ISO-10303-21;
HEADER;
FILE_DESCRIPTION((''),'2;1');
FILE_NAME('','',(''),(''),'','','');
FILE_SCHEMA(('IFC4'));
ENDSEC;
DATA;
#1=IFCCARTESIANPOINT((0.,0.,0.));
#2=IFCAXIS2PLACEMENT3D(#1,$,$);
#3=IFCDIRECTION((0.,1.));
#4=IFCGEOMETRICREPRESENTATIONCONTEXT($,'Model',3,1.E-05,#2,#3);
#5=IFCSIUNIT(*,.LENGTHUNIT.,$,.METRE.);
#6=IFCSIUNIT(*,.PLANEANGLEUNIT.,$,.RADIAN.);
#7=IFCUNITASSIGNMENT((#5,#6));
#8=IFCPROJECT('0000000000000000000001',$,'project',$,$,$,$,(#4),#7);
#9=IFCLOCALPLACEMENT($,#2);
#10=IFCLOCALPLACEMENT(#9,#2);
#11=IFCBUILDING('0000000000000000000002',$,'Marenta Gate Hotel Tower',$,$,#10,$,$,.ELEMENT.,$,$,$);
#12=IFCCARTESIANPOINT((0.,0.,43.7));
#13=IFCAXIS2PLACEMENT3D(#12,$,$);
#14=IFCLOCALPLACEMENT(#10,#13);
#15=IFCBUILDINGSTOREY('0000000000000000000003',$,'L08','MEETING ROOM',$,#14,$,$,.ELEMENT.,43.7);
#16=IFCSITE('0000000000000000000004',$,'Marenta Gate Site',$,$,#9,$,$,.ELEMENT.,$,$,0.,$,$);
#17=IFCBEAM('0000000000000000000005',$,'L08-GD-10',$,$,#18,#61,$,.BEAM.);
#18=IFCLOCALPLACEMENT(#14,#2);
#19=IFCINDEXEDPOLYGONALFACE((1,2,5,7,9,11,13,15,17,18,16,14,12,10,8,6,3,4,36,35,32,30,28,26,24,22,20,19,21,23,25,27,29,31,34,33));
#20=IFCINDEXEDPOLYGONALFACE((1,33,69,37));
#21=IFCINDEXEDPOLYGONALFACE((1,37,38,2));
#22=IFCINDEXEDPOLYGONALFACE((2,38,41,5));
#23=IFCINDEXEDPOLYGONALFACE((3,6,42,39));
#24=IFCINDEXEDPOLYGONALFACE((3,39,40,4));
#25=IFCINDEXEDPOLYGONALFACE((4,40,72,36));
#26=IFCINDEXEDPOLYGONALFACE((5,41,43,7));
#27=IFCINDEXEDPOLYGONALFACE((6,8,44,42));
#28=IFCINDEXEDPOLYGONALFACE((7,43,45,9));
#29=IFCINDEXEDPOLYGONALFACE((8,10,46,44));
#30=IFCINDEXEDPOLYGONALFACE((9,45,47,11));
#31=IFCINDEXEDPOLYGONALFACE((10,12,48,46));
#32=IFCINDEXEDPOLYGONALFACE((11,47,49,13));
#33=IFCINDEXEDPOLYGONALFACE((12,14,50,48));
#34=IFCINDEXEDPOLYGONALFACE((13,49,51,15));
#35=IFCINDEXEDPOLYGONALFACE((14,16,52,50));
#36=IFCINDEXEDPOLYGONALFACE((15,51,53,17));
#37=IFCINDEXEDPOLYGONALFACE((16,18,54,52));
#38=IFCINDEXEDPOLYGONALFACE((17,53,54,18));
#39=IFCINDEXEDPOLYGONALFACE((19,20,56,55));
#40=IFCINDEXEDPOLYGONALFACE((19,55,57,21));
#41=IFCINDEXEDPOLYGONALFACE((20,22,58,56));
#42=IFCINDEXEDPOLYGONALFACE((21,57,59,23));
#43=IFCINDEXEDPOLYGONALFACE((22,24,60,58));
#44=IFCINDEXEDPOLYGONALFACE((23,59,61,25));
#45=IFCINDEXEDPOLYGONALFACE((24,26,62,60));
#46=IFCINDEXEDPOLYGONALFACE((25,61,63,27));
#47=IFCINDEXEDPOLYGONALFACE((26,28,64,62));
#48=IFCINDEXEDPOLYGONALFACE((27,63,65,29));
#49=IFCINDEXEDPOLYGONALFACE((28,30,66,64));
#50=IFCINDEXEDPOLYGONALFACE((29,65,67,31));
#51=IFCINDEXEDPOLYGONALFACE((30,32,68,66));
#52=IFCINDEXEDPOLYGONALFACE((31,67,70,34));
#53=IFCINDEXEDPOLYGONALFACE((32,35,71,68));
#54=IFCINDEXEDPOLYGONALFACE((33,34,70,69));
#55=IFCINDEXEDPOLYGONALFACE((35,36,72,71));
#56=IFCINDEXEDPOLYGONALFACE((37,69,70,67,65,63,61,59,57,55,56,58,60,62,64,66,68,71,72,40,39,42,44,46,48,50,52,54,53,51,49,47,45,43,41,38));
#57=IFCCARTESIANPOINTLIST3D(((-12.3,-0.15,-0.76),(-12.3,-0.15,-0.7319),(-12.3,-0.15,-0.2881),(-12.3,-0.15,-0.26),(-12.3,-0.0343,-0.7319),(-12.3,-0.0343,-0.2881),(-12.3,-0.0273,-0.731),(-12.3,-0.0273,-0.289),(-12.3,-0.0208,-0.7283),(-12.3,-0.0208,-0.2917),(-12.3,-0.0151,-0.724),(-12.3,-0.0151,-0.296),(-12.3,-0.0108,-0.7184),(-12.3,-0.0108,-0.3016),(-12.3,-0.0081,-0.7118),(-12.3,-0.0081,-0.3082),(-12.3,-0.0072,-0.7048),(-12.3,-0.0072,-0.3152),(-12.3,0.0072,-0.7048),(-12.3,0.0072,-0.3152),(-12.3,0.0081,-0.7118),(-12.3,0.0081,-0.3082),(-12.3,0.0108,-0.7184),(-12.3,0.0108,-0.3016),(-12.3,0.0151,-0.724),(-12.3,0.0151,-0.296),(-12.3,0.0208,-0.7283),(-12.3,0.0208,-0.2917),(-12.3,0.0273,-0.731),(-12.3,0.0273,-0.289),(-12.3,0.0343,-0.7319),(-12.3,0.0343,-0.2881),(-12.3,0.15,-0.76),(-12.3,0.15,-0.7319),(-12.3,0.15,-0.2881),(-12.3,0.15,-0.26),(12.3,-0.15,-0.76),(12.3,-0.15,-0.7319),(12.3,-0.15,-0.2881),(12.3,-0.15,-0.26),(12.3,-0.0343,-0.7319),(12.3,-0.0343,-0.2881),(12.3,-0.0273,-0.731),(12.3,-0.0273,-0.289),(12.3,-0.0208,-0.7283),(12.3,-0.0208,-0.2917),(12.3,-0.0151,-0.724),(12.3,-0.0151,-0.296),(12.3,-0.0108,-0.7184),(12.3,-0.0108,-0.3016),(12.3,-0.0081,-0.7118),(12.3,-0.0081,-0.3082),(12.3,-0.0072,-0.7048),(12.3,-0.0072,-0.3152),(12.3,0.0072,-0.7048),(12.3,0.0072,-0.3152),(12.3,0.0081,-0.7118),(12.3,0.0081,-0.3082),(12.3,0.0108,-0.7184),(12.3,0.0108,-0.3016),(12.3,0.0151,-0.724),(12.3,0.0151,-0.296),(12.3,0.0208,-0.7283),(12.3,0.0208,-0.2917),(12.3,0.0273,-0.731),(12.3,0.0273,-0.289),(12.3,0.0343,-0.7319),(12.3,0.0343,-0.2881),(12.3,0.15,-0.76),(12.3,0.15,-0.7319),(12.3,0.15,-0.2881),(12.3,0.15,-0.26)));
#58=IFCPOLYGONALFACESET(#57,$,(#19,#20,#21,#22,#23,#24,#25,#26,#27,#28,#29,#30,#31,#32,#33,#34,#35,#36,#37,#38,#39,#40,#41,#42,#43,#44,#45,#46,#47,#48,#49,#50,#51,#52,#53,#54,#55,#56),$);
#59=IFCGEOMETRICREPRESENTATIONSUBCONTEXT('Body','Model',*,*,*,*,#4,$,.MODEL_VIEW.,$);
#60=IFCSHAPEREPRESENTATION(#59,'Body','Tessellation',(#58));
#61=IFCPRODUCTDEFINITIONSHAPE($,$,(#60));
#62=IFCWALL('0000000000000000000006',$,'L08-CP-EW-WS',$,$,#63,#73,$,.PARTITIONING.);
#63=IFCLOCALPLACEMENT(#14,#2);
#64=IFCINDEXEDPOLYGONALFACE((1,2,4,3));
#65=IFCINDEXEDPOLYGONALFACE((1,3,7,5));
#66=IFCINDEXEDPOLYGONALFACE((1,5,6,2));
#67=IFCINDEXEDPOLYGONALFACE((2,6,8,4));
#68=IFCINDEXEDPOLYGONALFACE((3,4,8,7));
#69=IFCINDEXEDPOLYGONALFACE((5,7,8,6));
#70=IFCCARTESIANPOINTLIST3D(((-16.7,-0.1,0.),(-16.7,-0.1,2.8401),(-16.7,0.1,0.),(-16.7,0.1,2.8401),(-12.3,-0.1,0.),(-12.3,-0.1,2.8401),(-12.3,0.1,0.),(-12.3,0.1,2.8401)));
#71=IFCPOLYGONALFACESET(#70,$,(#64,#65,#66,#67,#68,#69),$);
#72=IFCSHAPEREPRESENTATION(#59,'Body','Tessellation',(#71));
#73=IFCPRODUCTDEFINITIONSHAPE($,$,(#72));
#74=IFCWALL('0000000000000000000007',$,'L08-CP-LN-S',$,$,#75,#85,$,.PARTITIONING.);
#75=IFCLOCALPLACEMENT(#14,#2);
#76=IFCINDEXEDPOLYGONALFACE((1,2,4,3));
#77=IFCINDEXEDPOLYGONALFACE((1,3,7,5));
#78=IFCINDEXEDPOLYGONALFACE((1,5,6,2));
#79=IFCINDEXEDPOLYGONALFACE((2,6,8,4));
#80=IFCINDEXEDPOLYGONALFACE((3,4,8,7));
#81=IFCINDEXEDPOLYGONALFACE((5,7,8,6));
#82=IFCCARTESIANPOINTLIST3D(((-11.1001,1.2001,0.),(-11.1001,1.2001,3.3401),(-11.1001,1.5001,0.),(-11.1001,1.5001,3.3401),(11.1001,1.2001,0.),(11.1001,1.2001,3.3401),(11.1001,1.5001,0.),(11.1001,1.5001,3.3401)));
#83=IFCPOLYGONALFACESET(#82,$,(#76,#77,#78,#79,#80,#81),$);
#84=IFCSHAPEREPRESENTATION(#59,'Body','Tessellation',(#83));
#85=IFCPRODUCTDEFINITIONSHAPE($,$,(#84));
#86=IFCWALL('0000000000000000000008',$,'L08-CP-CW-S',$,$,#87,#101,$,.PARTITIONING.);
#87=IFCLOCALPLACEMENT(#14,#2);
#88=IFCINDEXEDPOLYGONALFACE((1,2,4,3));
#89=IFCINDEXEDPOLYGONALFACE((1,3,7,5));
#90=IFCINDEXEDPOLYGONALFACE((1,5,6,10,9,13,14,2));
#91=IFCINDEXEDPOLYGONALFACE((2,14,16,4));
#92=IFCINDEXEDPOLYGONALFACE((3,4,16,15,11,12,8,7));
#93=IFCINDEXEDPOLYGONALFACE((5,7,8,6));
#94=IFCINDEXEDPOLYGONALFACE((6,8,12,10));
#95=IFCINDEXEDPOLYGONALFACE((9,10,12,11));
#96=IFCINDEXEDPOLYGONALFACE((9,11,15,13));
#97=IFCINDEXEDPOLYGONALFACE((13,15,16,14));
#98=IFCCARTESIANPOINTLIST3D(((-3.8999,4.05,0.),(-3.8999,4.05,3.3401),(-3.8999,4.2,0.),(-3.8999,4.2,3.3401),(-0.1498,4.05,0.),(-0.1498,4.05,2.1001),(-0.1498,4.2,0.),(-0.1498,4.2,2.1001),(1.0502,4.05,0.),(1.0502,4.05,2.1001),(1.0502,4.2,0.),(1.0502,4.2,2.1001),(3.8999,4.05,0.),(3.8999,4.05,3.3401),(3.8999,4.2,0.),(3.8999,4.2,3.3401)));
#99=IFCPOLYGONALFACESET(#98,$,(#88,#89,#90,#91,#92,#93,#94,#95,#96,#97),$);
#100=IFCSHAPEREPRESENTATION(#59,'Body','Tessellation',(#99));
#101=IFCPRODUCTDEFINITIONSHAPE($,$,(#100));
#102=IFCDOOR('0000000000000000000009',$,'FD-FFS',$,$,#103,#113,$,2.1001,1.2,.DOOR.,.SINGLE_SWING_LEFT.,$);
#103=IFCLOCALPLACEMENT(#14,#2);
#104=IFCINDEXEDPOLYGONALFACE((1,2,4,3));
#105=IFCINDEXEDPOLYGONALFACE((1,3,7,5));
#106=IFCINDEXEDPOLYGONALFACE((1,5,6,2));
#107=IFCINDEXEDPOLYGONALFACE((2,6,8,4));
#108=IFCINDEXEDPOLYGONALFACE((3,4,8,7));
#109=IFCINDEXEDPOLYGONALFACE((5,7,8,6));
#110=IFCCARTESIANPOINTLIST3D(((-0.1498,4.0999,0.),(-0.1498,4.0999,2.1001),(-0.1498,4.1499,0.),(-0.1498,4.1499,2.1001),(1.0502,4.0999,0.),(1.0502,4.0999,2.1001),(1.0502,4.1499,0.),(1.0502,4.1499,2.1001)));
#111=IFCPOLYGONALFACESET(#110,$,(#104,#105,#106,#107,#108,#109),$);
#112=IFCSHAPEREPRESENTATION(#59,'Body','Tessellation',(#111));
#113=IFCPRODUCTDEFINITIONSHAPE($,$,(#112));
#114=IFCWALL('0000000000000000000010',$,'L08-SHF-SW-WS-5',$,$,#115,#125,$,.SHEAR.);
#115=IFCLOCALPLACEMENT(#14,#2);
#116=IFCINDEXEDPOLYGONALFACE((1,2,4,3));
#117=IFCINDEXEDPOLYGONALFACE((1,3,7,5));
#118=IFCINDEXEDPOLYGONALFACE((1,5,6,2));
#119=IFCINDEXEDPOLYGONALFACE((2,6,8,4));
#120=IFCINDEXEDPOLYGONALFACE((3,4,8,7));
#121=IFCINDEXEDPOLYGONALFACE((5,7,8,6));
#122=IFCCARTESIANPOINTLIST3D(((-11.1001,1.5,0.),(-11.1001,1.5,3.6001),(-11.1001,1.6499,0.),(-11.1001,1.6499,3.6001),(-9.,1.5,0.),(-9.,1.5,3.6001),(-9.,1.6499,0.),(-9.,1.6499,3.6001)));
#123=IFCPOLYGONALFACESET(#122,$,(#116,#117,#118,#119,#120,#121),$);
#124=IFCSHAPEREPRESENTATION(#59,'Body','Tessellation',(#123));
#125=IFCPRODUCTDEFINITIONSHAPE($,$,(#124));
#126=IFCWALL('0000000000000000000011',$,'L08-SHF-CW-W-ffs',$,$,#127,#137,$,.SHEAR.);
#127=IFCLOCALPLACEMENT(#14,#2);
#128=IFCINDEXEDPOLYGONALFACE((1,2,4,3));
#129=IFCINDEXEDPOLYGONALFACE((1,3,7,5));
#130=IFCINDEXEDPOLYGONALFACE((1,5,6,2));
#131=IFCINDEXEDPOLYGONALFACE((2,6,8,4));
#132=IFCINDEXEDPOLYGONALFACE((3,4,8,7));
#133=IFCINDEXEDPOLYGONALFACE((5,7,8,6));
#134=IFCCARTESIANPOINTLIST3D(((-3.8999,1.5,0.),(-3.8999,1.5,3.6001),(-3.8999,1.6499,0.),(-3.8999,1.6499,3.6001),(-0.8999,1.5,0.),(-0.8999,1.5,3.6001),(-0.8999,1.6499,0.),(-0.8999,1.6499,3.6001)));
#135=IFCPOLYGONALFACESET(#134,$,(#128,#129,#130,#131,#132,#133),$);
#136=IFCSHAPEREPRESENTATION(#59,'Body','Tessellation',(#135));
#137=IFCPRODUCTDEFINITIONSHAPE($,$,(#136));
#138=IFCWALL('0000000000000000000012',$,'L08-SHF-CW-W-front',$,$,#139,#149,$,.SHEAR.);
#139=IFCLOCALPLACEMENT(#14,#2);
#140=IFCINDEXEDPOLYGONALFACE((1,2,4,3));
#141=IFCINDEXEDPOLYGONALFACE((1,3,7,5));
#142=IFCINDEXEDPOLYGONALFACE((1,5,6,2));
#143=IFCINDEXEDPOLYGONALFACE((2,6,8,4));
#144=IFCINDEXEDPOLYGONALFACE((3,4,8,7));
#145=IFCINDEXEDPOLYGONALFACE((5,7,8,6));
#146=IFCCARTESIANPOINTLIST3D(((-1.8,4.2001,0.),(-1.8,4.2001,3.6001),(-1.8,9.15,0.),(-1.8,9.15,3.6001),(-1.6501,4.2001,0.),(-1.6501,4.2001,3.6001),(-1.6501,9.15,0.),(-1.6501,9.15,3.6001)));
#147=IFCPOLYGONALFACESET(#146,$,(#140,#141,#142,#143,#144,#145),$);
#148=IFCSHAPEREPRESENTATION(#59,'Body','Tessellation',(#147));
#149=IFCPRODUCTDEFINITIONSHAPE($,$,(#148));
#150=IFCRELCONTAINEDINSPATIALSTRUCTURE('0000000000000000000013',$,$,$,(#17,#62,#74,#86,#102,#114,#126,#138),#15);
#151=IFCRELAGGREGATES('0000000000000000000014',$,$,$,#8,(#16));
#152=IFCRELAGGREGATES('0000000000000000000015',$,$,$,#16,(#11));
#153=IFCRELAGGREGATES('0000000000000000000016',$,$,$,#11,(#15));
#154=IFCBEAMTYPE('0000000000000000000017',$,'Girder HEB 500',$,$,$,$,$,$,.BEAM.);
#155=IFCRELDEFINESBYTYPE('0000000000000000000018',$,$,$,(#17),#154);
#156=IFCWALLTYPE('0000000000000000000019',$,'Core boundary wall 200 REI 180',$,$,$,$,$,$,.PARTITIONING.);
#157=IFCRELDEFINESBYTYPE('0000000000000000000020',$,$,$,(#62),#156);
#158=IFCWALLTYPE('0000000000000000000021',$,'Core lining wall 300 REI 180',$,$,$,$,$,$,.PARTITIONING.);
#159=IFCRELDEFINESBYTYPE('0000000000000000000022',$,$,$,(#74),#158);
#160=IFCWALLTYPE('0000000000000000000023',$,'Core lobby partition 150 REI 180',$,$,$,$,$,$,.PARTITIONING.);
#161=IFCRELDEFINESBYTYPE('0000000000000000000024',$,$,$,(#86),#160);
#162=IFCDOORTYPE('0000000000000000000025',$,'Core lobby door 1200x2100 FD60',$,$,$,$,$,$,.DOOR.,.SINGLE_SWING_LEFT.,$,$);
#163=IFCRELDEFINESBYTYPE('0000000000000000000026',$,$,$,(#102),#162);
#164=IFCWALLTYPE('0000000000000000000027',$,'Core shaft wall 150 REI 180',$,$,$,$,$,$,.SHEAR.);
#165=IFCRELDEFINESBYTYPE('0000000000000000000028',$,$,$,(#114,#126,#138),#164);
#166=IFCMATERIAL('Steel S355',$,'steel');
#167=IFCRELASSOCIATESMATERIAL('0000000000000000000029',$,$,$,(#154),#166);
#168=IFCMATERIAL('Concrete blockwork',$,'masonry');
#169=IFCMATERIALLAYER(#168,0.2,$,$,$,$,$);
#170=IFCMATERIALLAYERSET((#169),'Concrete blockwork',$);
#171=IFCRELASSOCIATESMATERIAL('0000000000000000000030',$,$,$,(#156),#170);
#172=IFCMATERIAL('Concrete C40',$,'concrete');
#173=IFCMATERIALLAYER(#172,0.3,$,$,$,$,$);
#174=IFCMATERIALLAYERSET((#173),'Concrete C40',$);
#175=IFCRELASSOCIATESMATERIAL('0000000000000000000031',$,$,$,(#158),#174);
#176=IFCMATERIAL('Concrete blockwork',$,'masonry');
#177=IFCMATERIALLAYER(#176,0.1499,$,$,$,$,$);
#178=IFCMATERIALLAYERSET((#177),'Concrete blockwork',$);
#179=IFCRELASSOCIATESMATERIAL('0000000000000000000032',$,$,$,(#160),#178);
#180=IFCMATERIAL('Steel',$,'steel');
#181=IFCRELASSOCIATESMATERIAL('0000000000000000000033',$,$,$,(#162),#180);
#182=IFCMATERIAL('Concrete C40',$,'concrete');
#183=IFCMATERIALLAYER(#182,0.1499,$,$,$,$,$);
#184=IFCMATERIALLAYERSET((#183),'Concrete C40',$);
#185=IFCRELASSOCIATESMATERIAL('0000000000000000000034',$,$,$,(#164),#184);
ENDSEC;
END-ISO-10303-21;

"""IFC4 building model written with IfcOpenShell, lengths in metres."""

from ifc_helpers import new_model, si_unit, direction, frame, frame_2d, origin, origin_2d, place, context, subcontext, project, spatial, rectangle, i_section, extrude, material, layer, layer_set, material_profile, profile_set, type_object, element, fill, save


model = new_model("IFC4")

# Units and contexts
model_context = context("Model", 3, precision=1e-05, world=origin(), true_north=direction((0.0, 1.0)))
body_context = subcontext(model_context, "Body", "Model", "MODEL_VIEW")
ifc_project = project(units=[si_unit("LENGTHUNIT", "METRE"), si_unit("PLANEANGLEUNIT", "RADIAN")], contexts=[model_context])

# Site, building, storey
site_placement = place(None, origin())
site = spatial("IfcSite", under=ifc_project, at=site_placement, Name="Marenta Gate Site", CompositionType="ELEMENT", RefElevation=0.0)
building_placement = place(site_placement, origin())
building = spatial("IfcBuilding", under=site, at=building_placement, Name="Marenta Gate Hotel Tower", CompositionType="ELEMENT")
storey_placement = place(building_placement, frame((0.0, 0.0, 43.7)))
storey = spatial("IfcBuildingStorey", under=building, at=storey_placement, Name="L08", Description="MEETING ROOM", CompositionType="ELEMENT", Elevation=43.7)

# Beam
ifc_material_1 = material(Name="Steel S355", Category="steel")
ifc_material_profile = material_profile(ifc_material_1, i_section(OverallWidth=0.3, OverallDepth=0.5, WebThickness=0.0144, FlangeThickness=0.0281, FilletRadius=0.0271, at=origin_2d()), Name="HEB 500")
ifc_profile_set = profile_set([ifc_material_profile], Name="Steel S355")
beam_type = type_object("IfcBeamType", Name="Girder HEB 500", PredefinedType="BEAM", material=ifc_profile_set)
beam_placement = place(storey_placement, frame((-12.3, 0.0, -0.51), z_axis=(1.0, 0.0, 0.0), x_axis=(0.0, 1.0, 0.0)))
element("IfcBeam", 1, at=beam_placement, inside=storey, type_object=beam_type, Name="L08-GD-10", PredefinedType="BEAM", context=body_context, shape_type="SweptSolid", body=[
    extrude(i_section(OverallWidth=0.3, OverallDepth=0.5, WebThickness=0.0144, FlangeThickness=0.0281, FilletRadius=0.0271, at=origin_2d()), origin(), (0.0, 0.0, 1.0), 24.6001),
])

# Walls
ifc_material_2 = material(Name="Concrete blockwork", Category="masonry")
ifc_layer_1 = layer(ifc_material_2, 0.2)
ifc_layer_set_1 = layer_set([ifc_layer_1], Name="Concrete blockwork")
wall_type_1 = type_object("IfcWallType", Name="Core boundary wall 200 REI 180", PredefinedType="PARTITIONING", material=ifc_layer_set_1)
wall_1_placement = place(storey_placement, frame((-16.7, 0.0, 0.0), z_axis=(0.0, 0.0, 1.0), x_axis=(1.0, 0.0, 0.0)))
element("IfcWall", 2, at=wall_1_placement, inside=storey, type_object=wall_type_1, Name="L08-CP-EW-WS", PredefinedType="PARTITIONING", context=body_context, shape_type="SweptSolid", body=[
    extrude(rectangle(XDim=4.3999, YDim=0.2, at=frame_2d((2.2, 0.0))), origin(), (0.0, 0.0, 1.0), 2.8401),
])
ifc_material_3 = material(Name="Concrete C40", Category="concrete")
ifc_layer_2 = layer(ifc_material_3, 0.3)
ifc_layer_set_2 = layer_set([ifc_layer_2], Name="Concrete C40")
wall_type_2 = type_object("IfcWallType", Name="Core lining wall 300 REI 180", PredefinedType="PARTITIONING", material=ifc_layer_set_2)
wall_2_placement = place(storey_placement, frame((-11.1001, 1.3501, 0.0), z_axis=(0.0, 0.0, 1.0), x_axis=(1.0, 0.0, 0.0)))
element("IfcWall", 3, at=wall_2_placement, inside=storey, type_object=wall_type_2, Name="L08-CP-LN-S", PredefinedType="PARTITIONING", context=body_context, shape_type="SweptSolid", body=[
    extrude(rectangle(XDim=22.2002, YDim=0.3, at=frame_2d((11.1001, 0.0))), origin(), (0.0, 0.0, 1.0), 3.3401),
])

# Wall, opening, door
ifc_material_4 = material(Name="Concrete blockwork", Category="masonry")
ifc_layer_3 = layer(ifc_material_4, 0.1499)
ifc_layer_set_3 = layer_set([ifc_layer_3], Name="Concrete blockwork")
wall_type_3 = type_object("IfcWallType", Name="Core lobby partition 150 REI 180", PredefinedType="PARTITIONING", material=ifc_layer_set_3)
wall_3_placement = place(storey_placement, frame((-3.8999, 4.125, 0.0), z_axis=(0.0, 0.0, 1.0), x_axis=(1.0, 0.0, 0.0)))
wall_3 = element("IfcWall", 4, at=wall_3_placement, inside=storey, type_object=wall_type_3, Name="L08-CP-CW-S", PredefinedType="PARTITIONING", context=body_context, shape_type="SweptSolid", body=[
    extrude(rectangle(XDim=7.7998, YDim=0.1499, at=frame_2d((3.8999, 0.0))), origin(), (0.0, 0.0, 1.0), 3.3401),
])
opening_1_placement = place(wall_3_placement, frame((3.75, 0.0, 0.0)))
opening_1 = element("IfcOpeningElement", 5, at=opening_1_placement, cuts=wall_3, PredefinedType="OPENING", context=body_context, shape_type="SweptSolid", body=[
    extrude(rectangle(XDim=1.2, YDim=2.1001, at=frame_2d((0.6001, 1.05))), frame((0.0, 0.075, 0.0), z_axis=(0.0, -1.0, 0.0), x_axis=(1.0, 0.0, 0.0)), (0.0, 0.0, 1.0), 0.1499),
])
ifc_material_5 = material(Name="Steel", Category="steel")
door_type_1 = type_object("IfcDoorType", Name="Core lobby door 1200x2100 FD60", OperationType="SINGLE_SWING_LEFT", PredefinedType="DOOR", material=ifc_material_5)
door_1_placement = place(opening_1_placement, origin())
door_1 = element("IfcDoor", 6, at=door_1_placement, inside=storey, type_object=door_type_1, Name="FD-FFS", OperationType="SINGLE_SWING_LEFT", OverallHeight=2.1001, OverallWidth=1.2, PredefinedType="DOOR", context=body_context, shape_type="SweptSolid", body=[
    extrude(rectangle(XDim=1.2, YDim=2.1001, at=frame_2d((0.6001, 1.05))), frame((0.0, 0.0249, 0.0), z_axis=(0.0, -1.0, 0.0), x_axis=(1.0, 0.0, 0.0)), (0.0, 0.0, 1.0), 0.05),
])
fill(opening_1, door_1)

# Walls
ifc_material_6 = material(Name="Concrete C40", Category="concrete")
ifc_layer_4 = layer(ifc_material_6, 0.1499)
ifc_layer_set_4 = layer_set([ifc_layer_4], Name="Concrete C40")
wall_type_4 = type_object("IfcWallType", Name="Core shaft wall 150 REI 180", PredefinedType="SHEAR", material=ifc_layer_set_4)
wall_4_placement = place(storey_placement, frame((-11.1001, 1.575, 0.0), z_axis=(0.0, 0.0, 1.0), x_axis=(1.0, 0.0, 0.0)))
element("IfcWall", 7, at=wall_4_placement, inside=storey, type_object=wall_type_4, Name="L08-SHF-SW-WS-5", PredefinedType="SHEAR", context=body_context, shape_type="SweptSolid", body=[
    extrude(rectangle(XDim=2.1001, YDim=0.1499, at=frame_2d((1.05, 0.0))), origin(), (0.0, 0.0, 1.0), 3.6001),
])
wall_5_placement = place(storey_placement, frame((-3.8999, 1.575, 0.0), z_axis=(0.0, 0.0, 1.0), x_axis=(1.0, 0.0, 0.0)))
element("IfcWall", 8, at=wall_5_placement, inside=storey, type_object=wall_type_4, Name="L08-SHF-CW-W-ffs", PredefinedType="SHEAR", context=body_context, shape_type="SweptSolid", body=[
    extrude(rectangle(XDim=3.0, YDim=0.1499, at=frame_2d((1.5, 0.0))), origin(), (0.0, 0.0, 1.0), 3.6001),
])
wall_6_placement = place(storey_placement, frame((-1.7251, 4.2, 0.0), z_axis=(0.0, 0.0, 1.0), x_axis=(0.0, 1.0, 0.0)))
element("IfcWall", 9, at=wall_6_placement, inside=storey, type_object=wall_type_4, Name="L08-SHF-CW-W-front", PredefinedType="SHEAR", context=body_context, shape_type="SweptSolid", body=[
    extrude(rectangle(XDim=4.95, YDim=0.1499, at=frame_2d((2.4751, 0.0))), origin(), (0.0, 0.0, 1.0), 3.6001),
])

save(model, "model.ifc")
